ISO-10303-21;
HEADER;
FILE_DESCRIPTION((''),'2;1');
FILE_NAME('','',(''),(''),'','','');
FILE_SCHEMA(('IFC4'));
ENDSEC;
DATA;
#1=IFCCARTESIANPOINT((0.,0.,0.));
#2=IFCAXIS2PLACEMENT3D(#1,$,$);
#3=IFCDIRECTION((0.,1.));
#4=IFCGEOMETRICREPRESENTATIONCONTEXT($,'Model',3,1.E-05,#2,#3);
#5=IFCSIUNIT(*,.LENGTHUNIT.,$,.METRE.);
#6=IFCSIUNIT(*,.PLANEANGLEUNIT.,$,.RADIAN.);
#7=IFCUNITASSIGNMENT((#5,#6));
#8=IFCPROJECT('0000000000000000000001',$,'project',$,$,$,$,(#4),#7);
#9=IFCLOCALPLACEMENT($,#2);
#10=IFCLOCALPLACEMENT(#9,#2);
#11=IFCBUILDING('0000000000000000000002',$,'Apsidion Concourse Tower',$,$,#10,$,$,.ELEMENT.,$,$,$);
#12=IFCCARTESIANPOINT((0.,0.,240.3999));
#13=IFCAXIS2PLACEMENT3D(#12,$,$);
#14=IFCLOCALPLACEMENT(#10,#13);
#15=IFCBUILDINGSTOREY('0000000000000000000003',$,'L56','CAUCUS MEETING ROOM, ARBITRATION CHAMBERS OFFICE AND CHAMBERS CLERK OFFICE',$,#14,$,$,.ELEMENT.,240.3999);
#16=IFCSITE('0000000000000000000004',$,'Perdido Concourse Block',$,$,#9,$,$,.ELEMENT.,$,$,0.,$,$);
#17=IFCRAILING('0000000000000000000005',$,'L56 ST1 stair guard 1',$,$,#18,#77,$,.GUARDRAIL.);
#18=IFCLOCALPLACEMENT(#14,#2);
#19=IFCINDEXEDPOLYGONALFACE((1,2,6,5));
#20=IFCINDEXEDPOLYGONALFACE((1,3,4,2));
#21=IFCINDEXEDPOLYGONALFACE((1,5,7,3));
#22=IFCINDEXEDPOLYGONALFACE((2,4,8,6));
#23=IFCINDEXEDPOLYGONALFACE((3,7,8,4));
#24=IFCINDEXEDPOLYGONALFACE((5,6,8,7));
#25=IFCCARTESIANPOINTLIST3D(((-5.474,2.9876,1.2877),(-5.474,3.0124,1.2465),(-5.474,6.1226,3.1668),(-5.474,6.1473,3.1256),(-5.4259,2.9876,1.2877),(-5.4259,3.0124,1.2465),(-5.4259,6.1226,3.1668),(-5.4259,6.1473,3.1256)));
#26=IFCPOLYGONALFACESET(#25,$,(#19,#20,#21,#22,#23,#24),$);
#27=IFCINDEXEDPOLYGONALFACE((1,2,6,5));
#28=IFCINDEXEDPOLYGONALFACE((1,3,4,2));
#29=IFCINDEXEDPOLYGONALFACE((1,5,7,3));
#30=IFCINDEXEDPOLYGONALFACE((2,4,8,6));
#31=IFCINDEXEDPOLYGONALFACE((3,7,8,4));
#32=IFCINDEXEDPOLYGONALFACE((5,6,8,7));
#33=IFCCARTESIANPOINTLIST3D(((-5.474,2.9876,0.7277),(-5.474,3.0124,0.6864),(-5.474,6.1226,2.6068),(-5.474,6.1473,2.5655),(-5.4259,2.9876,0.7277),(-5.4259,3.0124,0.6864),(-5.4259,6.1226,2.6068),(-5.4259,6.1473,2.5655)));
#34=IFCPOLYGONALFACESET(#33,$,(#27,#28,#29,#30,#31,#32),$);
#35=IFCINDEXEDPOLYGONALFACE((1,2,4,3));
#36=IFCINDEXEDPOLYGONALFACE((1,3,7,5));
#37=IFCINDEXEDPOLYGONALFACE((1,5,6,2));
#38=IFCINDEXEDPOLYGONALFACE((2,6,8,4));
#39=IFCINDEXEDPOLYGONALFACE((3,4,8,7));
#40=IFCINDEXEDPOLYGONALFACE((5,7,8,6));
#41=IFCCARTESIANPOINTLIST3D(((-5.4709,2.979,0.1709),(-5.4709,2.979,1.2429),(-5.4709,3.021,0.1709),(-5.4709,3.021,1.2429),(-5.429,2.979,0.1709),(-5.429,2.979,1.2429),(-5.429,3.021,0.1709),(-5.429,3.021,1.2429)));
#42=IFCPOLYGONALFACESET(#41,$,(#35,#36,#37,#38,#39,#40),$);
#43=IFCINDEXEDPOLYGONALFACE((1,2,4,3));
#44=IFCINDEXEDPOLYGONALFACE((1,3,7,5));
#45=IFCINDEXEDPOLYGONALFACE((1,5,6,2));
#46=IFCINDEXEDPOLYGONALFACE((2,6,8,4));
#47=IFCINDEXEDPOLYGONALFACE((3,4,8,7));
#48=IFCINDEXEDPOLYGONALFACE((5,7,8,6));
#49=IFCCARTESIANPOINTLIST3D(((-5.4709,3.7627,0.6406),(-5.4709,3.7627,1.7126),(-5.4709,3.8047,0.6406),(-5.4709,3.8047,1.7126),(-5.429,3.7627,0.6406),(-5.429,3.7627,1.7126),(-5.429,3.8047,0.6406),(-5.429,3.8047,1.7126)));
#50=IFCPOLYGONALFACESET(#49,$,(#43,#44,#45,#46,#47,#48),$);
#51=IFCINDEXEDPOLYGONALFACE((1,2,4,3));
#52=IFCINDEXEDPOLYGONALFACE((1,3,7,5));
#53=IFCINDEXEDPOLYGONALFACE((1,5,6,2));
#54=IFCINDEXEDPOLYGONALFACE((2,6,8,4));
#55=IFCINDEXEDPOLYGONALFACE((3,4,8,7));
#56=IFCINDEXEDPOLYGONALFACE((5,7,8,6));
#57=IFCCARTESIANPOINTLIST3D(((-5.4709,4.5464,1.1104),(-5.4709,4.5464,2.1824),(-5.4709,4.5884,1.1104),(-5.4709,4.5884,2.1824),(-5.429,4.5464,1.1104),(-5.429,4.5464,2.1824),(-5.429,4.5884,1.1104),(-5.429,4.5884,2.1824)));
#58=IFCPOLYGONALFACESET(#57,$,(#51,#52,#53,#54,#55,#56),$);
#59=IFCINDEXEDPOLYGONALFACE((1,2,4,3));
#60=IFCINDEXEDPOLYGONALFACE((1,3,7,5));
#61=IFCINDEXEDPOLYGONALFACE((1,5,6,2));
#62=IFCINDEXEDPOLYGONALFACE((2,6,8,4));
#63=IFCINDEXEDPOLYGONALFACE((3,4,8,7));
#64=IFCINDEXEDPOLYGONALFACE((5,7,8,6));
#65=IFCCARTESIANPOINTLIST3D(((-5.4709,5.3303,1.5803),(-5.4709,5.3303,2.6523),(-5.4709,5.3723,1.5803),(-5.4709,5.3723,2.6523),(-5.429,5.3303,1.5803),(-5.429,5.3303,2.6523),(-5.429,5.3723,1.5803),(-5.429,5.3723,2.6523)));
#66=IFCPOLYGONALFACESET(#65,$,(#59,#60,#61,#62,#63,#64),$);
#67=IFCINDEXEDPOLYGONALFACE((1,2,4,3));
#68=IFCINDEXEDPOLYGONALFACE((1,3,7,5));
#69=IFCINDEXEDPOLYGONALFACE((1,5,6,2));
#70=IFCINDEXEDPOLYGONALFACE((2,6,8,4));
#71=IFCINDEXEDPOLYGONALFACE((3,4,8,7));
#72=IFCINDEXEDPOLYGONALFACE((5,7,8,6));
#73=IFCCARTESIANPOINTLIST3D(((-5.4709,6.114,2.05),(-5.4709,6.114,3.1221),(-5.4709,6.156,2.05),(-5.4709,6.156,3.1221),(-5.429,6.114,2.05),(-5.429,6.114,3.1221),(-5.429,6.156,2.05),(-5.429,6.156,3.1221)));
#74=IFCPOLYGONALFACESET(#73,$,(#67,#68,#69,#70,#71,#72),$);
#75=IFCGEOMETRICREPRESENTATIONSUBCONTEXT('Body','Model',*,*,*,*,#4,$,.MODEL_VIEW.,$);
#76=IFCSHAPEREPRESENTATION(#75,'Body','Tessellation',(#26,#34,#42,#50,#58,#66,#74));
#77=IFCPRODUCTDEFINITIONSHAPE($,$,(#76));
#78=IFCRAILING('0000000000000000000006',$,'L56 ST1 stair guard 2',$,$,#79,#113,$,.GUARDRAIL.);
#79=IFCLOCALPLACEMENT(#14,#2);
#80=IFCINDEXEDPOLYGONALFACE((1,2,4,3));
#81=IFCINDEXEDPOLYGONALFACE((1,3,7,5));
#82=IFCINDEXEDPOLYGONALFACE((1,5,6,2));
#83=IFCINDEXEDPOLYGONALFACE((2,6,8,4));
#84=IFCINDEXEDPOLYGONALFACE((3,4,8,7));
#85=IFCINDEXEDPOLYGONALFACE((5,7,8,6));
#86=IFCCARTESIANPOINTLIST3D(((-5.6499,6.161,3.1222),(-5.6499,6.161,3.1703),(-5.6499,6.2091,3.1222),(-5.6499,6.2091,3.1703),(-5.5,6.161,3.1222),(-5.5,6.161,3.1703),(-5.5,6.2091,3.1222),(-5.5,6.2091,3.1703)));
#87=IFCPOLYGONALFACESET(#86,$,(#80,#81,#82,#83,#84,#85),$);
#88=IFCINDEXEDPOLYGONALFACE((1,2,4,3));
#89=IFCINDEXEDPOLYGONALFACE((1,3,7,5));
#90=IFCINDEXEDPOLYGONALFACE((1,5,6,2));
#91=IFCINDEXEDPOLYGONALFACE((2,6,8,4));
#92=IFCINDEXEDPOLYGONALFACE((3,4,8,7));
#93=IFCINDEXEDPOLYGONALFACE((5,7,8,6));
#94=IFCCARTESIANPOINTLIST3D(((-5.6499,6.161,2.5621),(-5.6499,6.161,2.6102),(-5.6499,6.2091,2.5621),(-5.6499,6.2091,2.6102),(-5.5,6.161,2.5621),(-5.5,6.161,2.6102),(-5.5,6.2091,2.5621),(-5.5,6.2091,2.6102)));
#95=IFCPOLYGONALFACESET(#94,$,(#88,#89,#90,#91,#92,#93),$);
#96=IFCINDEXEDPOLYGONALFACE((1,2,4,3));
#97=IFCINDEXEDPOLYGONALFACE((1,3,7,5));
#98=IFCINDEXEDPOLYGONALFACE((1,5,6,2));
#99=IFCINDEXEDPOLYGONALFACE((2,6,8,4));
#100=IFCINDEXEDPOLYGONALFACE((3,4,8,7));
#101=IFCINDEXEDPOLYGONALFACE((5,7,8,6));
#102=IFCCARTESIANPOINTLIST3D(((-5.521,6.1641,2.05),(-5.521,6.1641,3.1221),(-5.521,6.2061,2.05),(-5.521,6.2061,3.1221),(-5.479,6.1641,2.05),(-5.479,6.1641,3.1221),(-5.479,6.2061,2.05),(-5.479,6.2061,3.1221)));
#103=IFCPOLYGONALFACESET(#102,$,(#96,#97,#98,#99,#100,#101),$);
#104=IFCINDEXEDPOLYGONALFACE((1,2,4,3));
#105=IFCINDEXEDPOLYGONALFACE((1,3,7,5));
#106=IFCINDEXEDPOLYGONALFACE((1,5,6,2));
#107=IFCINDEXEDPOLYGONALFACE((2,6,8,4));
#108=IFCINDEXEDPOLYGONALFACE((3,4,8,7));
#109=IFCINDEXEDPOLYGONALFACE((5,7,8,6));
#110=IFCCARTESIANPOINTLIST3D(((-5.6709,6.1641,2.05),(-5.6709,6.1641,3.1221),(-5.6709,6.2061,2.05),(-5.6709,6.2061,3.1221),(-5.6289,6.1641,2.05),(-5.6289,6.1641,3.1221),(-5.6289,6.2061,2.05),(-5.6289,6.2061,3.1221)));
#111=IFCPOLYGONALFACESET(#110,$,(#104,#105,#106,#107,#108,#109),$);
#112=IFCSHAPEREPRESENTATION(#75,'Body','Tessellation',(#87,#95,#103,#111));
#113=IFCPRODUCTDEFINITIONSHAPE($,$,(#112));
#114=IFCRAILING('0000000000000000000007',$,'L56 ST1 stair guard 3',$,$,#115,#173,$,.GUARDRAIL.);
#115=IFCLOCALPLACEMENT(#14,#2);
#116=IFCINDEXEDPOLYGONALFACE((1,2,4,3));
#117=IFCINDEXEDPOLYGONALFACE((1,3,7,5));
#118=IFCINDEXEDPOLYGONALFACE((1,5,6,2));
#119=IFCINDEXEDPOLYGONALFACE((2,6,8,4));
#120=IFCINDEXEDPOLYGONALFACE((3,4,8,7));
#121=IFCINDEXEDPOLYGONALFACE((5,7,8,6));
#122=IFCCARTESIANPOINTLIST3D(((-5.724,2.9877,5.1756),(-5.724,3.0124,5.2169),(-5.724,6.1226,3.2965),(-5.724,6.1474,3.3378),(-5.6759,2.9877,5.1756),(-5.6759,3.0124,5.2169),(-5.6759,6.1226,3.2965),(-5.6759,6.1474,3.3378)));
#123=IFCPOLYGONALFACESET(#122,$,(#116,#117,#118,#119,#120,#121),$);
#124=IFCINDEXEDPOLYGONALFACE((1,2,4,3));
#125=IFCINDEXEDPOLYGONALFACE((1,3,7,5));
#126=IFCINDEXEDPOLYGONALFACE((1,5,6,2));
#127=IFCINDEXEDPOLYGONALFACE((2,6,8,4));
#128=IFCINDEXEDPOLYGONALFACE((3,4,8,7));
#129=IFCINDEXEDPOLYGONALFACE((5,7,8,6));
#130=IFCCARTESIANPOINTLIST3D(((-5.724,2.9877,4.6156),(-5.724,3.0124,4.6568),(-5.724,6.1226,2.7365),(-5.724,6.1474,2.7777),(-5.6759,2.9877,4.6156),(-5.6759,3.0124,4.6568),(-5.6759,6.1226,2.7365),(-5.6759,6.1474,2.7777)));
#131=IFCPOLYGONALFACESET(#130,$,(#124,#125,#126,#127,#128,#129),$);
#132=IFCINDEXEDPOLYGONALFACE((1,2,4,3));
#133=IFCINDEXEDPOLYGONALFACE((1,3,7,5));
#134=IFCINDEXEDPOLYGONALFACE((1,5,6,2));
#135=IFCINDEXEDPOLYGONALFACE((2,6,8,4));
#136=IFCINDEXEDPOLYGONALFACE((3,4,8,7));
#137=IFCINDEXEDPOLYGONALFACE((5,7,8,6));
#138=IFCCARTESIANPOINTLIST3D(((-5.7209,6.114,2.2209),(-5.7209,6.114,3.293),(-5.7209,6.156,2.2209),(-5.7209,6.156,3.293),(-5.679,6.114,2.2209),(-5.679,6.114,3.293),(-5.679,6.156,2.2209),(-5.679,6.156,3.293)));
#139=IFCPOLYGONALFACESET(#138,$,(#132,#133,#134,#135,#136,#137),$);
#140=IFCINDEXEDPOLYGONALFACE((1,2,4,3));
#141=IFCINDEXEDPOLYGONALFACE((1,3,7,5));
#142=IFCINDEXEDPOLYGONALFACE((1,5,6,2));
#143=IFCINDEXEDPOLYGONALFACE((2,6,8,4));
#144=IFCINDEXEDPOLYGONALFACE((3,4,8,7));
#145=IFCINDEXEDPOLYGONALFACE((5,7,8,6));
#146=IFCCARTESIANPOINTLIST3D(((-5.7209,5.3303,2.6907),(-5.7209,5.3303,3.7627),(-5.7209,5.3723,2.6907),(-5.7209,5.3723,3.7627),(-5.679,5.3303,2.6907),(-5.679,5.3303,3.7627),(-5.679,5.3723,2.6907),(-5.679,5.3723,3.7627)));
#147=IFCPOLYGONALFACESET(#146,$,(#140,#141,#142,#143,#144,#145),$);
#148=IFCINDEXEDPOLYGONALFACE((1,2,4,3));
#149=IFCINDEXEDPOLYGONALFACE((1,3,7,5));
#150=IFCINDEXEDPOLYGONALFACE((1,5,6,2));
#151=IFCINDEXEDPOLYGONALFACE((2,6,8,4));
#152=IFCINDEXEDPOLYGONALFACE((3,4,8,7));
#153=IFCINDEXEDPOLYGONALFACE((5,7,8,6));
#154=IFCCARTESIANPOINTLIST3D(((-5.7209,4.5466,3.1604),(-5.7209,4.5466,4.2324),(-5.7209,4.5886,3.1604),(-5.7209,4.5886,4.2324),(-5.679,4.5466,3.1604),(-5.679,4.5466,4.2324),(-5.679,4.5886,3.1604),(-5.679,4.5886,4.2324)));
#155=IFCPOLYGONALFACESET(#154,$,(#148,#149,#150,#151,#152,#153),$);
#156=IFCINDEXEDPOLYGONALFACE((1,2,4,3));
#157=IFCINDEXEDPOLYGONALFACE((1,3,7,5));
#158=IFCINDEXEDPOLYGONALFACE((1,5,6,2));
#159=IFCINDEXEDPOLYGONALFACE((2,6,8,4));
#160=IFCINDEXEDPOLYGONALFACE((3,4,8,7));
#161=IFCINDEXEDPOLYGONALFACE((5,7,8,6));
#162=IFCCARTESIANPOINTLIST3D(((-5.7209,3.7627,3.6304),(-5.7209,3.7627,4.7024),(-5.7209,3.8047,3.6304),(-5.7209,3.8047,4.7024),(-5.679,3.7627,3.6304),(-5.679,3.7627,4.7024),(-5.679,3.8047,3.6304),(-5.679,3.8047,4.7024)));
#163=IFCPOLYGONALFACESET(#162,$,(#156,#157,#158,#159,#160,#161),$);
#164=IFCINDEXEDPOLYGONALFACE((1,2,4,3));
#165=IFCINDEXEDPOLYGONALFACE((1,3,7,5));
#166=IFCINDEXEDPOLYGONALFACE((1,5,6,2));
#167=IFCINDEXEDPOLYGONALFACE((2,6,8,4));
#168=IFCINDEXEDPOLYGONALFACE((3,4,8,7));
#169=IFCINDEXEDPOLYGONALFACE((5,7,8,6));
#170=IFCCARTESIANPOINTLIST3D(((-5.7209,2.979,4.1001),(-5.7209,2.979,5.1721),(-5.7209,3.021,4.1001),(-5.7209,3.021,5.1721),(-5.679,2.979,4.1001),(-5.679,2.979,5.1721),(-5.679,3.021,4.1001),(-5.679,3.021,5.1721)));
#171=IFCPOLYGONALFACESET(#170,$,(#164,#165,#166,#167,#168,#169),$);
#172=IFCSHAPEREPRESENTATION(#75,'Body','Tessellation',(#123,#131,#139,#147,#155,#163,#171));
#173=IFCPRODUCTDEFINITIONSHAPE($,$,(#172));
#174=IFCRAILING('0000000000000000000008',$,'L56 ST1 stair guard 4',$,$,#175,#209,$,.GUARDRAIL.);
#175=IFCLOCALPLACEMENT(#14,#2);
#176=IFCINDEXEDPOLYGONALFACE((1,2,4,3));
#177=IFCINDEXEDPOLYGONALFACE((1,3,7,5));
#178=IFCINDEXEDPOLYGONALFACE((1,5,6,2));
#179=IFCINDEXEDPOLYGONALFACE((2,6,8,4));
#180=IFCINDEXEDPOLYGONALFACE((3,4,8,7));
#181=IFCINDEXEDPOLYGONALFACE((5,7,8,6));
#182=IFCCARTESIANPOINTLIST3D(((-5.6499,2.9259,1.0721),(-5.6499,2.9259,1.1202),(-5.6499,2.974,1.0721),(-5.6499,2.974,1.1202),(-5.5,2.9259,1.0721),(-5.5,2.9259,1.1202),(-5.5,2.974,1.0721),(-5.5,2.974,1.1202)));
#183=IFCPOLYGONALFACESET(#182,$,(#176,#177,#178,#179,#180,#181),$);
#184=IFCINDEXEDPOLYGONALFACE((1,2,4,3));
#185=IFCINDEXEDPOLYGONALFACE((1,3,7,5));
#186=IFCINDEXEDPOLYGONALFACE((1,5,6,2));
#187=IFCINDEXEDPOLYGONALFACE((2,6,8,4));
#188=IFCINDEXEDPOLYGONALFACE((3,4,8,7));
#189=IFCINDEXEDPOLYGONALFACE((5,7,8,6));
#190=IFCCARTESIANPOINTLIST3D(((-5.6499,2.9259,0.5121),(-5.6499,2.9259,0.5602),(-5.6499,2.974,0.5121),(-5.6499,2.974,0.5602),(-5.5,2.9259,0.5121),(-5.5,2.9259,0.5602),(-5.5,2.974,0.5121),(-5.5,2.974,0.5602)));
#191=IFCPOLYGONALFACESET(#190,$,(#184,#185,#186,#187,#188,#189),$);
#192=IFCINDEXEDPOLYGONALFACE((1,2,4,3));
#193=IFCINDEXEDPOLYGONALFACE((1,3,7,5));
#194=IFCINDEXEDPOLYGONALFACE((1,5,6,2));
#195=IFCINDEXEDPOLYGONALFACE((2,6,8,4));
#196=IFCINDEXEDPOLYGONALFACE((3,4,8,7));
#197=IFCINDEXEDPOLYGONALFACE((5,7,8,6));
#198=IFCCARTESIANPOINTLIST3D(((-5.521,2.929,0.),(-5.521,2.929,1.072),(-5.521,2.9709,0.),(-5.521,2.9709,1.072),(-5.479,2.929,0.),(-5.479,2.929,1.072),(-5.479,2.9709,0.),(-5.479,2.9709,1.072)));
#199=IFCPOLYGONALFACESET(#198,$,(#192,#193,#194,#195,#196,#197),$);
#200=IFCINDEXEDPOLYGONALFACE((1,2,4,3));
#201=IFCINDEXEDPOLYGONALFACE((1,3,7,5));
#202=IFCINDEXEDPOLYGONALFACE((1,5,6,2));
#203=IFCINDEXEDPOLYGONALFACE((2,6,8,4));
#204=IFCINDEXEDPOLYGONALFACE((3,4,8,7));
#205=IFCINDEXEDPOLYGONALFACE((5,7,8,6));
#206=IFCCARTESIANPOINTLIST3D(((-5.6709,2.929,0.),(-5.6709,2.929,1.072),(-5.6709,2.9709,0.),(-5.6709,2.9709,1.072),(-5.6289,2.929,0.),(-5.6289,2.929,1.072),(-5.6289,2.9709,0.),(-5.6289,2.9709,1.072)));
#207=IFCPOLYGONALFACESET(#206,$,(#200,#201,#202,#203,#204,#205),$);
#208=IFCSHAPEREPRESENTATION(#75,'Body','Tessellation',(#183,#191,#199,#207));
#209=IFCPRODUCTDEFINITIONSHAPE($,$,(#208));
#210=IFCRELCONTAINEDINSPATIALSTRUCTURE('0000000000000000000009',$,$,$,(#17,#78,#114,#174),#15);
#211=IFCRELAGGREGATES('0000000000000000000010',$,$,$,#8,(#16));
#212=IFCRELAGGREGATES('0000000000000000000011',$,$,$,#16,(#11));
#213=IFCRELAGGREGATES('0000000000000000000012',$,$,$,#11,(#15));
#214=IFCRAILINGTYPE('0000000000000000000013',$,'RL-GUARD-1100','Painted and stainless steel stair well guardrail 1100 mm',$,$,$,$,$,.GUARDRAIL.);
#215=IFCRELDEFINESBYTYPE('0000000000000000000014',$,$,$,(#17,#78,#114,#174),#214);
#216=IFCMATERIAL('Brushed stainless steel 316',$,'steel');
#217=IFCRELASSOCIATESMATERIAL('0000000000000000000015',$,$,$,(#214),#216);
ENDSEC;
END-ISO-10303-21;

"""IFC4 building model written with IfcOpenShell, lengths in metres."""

from ifc_helpers import new_model, si_unit, direction, frame, origin, origin_2d, place, context, subcontext, project, spatial, rectangle, extrude, material, type_object, element, save


model = new_model("IFC4")

# Units and contexts
model_context = context("Model", 3, precision=1e-05, world=origin(), true_north=direction((0.0, 1.0)))
body_context = subcontext(model_context, "Body", "Model", "MODEL_VIEW")
ifc_project = project(units=[si_unit("LENGTHUNIT", "METRE"), si_unit("PLANEANGLEUNIT", "RADIAN")], contexts=[model_context])

# Site, building, storey
site_placement = place(None, origin())
site = spatial("IfcSite", under=ifc_project, at=site_placement, Name="Perdido Concourse Block", CompositionType="ELEMENT", RefElevation=0.0)
building_placement = place(site_placement, origin())
building = spatial("IfcBuilding", under=site, at=building_placement, Name="Apsidion Concourse Tower", CompositionType="ELEMENT")
storey_placement = place(building_placement, frame((0.0, 0.0, 240.3999)))
storey = spatial("IfcBuildingStorey", under=building, at=storey_placement, Name="L56", Description="CAUCUS MEETING ROOM, ARBITRATION CHAMBERS OFFICE AND CHAMBERS CLERK OFFICE", CompositionType="ELEMENT", Elevation=240.3999)

# Shared definitions
ifc_material_1 = material(Name="Brushed stainless steel 316", Category="steel")

# Railings
railing_type_1 = type_object("IfcRailingType", Name="RL-GUARD-1100", Description="Painted and stainless steel stair well guardrail 1100 mm", PredefinedType="GUARDRAIL", material=ifc_material_1)
railing_1_placement = place(storey_placement, frame((-5.45, 3.0, 0.1709)))
element("IfcRailing", 1, at=railing_1_placement, inside=storey, type_object=railing_type_1, Name="L56 ST1 stair guard 1", PredefinedType="GUARDRAIL", context=body_context, shape_type="SweptSolid", body=[
    extrude(rectangle(XDim=0.0481, YDim=0.0481, at=origin_2d()), frame((0.0, 0.0, 1.0962), z_axis=(0.0, 0.857717, 0.514122), x_axis=(-1.0, 0.0, 0.0)), (0.0, 0.0, 1.0), 3.655),
    extrude(rectangle(XDim=0.0481, YDim=0.0481, at=origin_2d()), frame((0.0, 0.0, 0.5361), z_axis=(0.0, 0.857717, 0.514122), x_axis=(-1.0, 0.0, 0.0)), (0.0, 0.0, 1.0), 3.655),
    extrude(rectangle(XDim=0.042, YDim=0.042, at=origin_2d()), origin(), (0.0, 0.0, 1.0), 1.072),
    extrude(rectangle(XDim=0.042, YDim=0.042, at=origin_2d()), frame((0.0, 0.7837, 0.4697)), (0.0, 0.0, 1.0), 1.072),
    extrude(rectangle(XDim=0.042, YDim=0.042, at=origin_2d()), frame((0.0, 1.5674, 0.9395)), (0.0, 0.0, 1.0), 1.072),
    extrude(rectangle(XDim=0.042, YDim=0.042, at=origin_2d()), frame((0.0, 2.3513, 1.4094)), (0.0, 0.0, 1.0), 1.072),
    extrude(rectangle(XDim=0.042, YDim=0.042, at=origin_2d()), frame((0.0, 3.135, 1.8792)), (0.0, 0.0, 1.0), 1.072),
])
railing_2_placement = place(storey_placement, frame((-5.5, 6.1851, 2.05)))
element("IfcRailing", 2, at=railing_2_placement, inside=storey, type_object=railing_type_1, Name="L56 ST1 stair guard 2", PredefinedType="GUARDRAIL", context=body_context, shape_type="SweptSolid", body=[
    extrude(rectangle(XDim=0.0481, YDim=0.0481, at=origin_2d()), frame((0.0, 0.0, 1.0962), z_axis=(-1.0, 0.0, 0.0), x_axis=(0.0, -1.0, 0.0)), (0.0, 0.0, 1.0), 0.1499),
    extrude(rectangle(XDim=0.0481, YDim=0.0481, at=origin_2d()), frame((0.0, 0.0, 0.5361), z_axis=(-1.0, 0.0, 0.0), x_axis=(0.0, -1.0, 0.0)), (0.0, 0.0, 1.0), 0.1499),
    extrude(rectangle(XDim=0.042, YDim=0.042, at=origin_2d()), origin(), (0.0, 0.0, 1.0), 1.072),
    extrude(rectangle(XDim=0.042, YDim=0.042, at=origin_2d()), frame((-0.1499, 0.0, 0.0)), (0.0, 0.0, 1.0), 1.072),
])
railing_3_placement = place(storey_placement, frame((-5.7, 6.135, 2.2209)))
element("IfcRailing", 3, at=railing_3_placement, inside=storey, type_object=railing_type_1, Name="L56 ST1 stair guard 3", PredefinedType="GUARDRAIL", context=body_context, shape_type="SweptSolid", body=[
    extrude(rectangle(XDim=0.0481, YDim=0.0481, at=origin_2d()), frame((0.0, 0.0, 1.0962), z_axis=(0.0, -0.857717, 0.514122), x_axis=(1.0, 0.0, 0.0)), (0.0, 0.0, 1.0), 3.655),
    extrude(rectangle(XDim=0.0481, YDim=0.0481, at=origin_2d()), frame((0.0, 0.0, 0.5361), z_axis=(0.0, -0.857717, 0.514122), x_axis=(1.0, 0.0, 0.0)), (0.0, 0.0, 1.0), 3.655),
    extrude(rectangle(XDim=0.042, YDim=0.042, at=origin_2d()), origin(), (0.0, 0.0, 1.0), 1.072),
    extrude(rectangle(XDim=0.042, YDim=0.042, at=origin_2d()), frame((0.0, -0.7837, 0.4697)), (0.0, 0.0, 1.0), 1.072),
    extrude(rectangle(XDim=0.042, YDim=0.042, at=origin_2d()), frame((0.0, -1.5674, 0.9395)), (0.0, 0.0, 1.0), 1.072),
    extrude(rectangle(XDim=0.042, YDim=0.042, at=origin_2d()), frame((0.0, -2.3513, 1.4094)), (0.0, 0.0, 1.0), 1.072),
    extrude(rectangle(XDim=0.042, YDim=0.042, at=origin_2d()), frame((0.0, -3.135, 1.8792)), (0.0, 0.0, 1.0), 1.072),
])
railing_4_placement = place(storey_placement, frame((-5.5, 2.95, 0.0)))
element("IfcRailing", 4, at=railing_4_placement, inside=storey, type_object=railing_type_1, Name="L56 ST1 stair guard 4", PredefinedType="GUARDRAIL", context=body_context, shape_type="SweptSolid", body=[
    extrude(rectangle(XDim=0.0481, YDim=0.0481, at=origin_2d()), frame((0.0, 0.0, 1.0962), z_axis=(-1.0, 0.0, 0.0), x_axis=(0.0, -1.0, 0.0)), (0.0, 0.0, 1.0), 0.1499),
    extrude(rectangle(XDim=0.0481, YDim=0.0481, at=origin_2d()), frame((0.0, 0.0, 0.5361), z_axis=(-1.0, 0.0, 0.0), x_axis=(0.0, -1.0, 0.0)), (0.0, 0.0, 1.0), 0.1499),
    extrude(rectangle(XDim=0.042, YDim=0.042, at=origin_2d()), origin(), (0.0, 0.0, 1.0), 1.072),
    extrude(rectangle(XDim=0.042, YDim=0.042, at=origin_2d()), frame((-0.1499, 0.0, 0.0)), (0.0, 0.0, 1.0), 1.072),
])

save(model, "model.ifc")
